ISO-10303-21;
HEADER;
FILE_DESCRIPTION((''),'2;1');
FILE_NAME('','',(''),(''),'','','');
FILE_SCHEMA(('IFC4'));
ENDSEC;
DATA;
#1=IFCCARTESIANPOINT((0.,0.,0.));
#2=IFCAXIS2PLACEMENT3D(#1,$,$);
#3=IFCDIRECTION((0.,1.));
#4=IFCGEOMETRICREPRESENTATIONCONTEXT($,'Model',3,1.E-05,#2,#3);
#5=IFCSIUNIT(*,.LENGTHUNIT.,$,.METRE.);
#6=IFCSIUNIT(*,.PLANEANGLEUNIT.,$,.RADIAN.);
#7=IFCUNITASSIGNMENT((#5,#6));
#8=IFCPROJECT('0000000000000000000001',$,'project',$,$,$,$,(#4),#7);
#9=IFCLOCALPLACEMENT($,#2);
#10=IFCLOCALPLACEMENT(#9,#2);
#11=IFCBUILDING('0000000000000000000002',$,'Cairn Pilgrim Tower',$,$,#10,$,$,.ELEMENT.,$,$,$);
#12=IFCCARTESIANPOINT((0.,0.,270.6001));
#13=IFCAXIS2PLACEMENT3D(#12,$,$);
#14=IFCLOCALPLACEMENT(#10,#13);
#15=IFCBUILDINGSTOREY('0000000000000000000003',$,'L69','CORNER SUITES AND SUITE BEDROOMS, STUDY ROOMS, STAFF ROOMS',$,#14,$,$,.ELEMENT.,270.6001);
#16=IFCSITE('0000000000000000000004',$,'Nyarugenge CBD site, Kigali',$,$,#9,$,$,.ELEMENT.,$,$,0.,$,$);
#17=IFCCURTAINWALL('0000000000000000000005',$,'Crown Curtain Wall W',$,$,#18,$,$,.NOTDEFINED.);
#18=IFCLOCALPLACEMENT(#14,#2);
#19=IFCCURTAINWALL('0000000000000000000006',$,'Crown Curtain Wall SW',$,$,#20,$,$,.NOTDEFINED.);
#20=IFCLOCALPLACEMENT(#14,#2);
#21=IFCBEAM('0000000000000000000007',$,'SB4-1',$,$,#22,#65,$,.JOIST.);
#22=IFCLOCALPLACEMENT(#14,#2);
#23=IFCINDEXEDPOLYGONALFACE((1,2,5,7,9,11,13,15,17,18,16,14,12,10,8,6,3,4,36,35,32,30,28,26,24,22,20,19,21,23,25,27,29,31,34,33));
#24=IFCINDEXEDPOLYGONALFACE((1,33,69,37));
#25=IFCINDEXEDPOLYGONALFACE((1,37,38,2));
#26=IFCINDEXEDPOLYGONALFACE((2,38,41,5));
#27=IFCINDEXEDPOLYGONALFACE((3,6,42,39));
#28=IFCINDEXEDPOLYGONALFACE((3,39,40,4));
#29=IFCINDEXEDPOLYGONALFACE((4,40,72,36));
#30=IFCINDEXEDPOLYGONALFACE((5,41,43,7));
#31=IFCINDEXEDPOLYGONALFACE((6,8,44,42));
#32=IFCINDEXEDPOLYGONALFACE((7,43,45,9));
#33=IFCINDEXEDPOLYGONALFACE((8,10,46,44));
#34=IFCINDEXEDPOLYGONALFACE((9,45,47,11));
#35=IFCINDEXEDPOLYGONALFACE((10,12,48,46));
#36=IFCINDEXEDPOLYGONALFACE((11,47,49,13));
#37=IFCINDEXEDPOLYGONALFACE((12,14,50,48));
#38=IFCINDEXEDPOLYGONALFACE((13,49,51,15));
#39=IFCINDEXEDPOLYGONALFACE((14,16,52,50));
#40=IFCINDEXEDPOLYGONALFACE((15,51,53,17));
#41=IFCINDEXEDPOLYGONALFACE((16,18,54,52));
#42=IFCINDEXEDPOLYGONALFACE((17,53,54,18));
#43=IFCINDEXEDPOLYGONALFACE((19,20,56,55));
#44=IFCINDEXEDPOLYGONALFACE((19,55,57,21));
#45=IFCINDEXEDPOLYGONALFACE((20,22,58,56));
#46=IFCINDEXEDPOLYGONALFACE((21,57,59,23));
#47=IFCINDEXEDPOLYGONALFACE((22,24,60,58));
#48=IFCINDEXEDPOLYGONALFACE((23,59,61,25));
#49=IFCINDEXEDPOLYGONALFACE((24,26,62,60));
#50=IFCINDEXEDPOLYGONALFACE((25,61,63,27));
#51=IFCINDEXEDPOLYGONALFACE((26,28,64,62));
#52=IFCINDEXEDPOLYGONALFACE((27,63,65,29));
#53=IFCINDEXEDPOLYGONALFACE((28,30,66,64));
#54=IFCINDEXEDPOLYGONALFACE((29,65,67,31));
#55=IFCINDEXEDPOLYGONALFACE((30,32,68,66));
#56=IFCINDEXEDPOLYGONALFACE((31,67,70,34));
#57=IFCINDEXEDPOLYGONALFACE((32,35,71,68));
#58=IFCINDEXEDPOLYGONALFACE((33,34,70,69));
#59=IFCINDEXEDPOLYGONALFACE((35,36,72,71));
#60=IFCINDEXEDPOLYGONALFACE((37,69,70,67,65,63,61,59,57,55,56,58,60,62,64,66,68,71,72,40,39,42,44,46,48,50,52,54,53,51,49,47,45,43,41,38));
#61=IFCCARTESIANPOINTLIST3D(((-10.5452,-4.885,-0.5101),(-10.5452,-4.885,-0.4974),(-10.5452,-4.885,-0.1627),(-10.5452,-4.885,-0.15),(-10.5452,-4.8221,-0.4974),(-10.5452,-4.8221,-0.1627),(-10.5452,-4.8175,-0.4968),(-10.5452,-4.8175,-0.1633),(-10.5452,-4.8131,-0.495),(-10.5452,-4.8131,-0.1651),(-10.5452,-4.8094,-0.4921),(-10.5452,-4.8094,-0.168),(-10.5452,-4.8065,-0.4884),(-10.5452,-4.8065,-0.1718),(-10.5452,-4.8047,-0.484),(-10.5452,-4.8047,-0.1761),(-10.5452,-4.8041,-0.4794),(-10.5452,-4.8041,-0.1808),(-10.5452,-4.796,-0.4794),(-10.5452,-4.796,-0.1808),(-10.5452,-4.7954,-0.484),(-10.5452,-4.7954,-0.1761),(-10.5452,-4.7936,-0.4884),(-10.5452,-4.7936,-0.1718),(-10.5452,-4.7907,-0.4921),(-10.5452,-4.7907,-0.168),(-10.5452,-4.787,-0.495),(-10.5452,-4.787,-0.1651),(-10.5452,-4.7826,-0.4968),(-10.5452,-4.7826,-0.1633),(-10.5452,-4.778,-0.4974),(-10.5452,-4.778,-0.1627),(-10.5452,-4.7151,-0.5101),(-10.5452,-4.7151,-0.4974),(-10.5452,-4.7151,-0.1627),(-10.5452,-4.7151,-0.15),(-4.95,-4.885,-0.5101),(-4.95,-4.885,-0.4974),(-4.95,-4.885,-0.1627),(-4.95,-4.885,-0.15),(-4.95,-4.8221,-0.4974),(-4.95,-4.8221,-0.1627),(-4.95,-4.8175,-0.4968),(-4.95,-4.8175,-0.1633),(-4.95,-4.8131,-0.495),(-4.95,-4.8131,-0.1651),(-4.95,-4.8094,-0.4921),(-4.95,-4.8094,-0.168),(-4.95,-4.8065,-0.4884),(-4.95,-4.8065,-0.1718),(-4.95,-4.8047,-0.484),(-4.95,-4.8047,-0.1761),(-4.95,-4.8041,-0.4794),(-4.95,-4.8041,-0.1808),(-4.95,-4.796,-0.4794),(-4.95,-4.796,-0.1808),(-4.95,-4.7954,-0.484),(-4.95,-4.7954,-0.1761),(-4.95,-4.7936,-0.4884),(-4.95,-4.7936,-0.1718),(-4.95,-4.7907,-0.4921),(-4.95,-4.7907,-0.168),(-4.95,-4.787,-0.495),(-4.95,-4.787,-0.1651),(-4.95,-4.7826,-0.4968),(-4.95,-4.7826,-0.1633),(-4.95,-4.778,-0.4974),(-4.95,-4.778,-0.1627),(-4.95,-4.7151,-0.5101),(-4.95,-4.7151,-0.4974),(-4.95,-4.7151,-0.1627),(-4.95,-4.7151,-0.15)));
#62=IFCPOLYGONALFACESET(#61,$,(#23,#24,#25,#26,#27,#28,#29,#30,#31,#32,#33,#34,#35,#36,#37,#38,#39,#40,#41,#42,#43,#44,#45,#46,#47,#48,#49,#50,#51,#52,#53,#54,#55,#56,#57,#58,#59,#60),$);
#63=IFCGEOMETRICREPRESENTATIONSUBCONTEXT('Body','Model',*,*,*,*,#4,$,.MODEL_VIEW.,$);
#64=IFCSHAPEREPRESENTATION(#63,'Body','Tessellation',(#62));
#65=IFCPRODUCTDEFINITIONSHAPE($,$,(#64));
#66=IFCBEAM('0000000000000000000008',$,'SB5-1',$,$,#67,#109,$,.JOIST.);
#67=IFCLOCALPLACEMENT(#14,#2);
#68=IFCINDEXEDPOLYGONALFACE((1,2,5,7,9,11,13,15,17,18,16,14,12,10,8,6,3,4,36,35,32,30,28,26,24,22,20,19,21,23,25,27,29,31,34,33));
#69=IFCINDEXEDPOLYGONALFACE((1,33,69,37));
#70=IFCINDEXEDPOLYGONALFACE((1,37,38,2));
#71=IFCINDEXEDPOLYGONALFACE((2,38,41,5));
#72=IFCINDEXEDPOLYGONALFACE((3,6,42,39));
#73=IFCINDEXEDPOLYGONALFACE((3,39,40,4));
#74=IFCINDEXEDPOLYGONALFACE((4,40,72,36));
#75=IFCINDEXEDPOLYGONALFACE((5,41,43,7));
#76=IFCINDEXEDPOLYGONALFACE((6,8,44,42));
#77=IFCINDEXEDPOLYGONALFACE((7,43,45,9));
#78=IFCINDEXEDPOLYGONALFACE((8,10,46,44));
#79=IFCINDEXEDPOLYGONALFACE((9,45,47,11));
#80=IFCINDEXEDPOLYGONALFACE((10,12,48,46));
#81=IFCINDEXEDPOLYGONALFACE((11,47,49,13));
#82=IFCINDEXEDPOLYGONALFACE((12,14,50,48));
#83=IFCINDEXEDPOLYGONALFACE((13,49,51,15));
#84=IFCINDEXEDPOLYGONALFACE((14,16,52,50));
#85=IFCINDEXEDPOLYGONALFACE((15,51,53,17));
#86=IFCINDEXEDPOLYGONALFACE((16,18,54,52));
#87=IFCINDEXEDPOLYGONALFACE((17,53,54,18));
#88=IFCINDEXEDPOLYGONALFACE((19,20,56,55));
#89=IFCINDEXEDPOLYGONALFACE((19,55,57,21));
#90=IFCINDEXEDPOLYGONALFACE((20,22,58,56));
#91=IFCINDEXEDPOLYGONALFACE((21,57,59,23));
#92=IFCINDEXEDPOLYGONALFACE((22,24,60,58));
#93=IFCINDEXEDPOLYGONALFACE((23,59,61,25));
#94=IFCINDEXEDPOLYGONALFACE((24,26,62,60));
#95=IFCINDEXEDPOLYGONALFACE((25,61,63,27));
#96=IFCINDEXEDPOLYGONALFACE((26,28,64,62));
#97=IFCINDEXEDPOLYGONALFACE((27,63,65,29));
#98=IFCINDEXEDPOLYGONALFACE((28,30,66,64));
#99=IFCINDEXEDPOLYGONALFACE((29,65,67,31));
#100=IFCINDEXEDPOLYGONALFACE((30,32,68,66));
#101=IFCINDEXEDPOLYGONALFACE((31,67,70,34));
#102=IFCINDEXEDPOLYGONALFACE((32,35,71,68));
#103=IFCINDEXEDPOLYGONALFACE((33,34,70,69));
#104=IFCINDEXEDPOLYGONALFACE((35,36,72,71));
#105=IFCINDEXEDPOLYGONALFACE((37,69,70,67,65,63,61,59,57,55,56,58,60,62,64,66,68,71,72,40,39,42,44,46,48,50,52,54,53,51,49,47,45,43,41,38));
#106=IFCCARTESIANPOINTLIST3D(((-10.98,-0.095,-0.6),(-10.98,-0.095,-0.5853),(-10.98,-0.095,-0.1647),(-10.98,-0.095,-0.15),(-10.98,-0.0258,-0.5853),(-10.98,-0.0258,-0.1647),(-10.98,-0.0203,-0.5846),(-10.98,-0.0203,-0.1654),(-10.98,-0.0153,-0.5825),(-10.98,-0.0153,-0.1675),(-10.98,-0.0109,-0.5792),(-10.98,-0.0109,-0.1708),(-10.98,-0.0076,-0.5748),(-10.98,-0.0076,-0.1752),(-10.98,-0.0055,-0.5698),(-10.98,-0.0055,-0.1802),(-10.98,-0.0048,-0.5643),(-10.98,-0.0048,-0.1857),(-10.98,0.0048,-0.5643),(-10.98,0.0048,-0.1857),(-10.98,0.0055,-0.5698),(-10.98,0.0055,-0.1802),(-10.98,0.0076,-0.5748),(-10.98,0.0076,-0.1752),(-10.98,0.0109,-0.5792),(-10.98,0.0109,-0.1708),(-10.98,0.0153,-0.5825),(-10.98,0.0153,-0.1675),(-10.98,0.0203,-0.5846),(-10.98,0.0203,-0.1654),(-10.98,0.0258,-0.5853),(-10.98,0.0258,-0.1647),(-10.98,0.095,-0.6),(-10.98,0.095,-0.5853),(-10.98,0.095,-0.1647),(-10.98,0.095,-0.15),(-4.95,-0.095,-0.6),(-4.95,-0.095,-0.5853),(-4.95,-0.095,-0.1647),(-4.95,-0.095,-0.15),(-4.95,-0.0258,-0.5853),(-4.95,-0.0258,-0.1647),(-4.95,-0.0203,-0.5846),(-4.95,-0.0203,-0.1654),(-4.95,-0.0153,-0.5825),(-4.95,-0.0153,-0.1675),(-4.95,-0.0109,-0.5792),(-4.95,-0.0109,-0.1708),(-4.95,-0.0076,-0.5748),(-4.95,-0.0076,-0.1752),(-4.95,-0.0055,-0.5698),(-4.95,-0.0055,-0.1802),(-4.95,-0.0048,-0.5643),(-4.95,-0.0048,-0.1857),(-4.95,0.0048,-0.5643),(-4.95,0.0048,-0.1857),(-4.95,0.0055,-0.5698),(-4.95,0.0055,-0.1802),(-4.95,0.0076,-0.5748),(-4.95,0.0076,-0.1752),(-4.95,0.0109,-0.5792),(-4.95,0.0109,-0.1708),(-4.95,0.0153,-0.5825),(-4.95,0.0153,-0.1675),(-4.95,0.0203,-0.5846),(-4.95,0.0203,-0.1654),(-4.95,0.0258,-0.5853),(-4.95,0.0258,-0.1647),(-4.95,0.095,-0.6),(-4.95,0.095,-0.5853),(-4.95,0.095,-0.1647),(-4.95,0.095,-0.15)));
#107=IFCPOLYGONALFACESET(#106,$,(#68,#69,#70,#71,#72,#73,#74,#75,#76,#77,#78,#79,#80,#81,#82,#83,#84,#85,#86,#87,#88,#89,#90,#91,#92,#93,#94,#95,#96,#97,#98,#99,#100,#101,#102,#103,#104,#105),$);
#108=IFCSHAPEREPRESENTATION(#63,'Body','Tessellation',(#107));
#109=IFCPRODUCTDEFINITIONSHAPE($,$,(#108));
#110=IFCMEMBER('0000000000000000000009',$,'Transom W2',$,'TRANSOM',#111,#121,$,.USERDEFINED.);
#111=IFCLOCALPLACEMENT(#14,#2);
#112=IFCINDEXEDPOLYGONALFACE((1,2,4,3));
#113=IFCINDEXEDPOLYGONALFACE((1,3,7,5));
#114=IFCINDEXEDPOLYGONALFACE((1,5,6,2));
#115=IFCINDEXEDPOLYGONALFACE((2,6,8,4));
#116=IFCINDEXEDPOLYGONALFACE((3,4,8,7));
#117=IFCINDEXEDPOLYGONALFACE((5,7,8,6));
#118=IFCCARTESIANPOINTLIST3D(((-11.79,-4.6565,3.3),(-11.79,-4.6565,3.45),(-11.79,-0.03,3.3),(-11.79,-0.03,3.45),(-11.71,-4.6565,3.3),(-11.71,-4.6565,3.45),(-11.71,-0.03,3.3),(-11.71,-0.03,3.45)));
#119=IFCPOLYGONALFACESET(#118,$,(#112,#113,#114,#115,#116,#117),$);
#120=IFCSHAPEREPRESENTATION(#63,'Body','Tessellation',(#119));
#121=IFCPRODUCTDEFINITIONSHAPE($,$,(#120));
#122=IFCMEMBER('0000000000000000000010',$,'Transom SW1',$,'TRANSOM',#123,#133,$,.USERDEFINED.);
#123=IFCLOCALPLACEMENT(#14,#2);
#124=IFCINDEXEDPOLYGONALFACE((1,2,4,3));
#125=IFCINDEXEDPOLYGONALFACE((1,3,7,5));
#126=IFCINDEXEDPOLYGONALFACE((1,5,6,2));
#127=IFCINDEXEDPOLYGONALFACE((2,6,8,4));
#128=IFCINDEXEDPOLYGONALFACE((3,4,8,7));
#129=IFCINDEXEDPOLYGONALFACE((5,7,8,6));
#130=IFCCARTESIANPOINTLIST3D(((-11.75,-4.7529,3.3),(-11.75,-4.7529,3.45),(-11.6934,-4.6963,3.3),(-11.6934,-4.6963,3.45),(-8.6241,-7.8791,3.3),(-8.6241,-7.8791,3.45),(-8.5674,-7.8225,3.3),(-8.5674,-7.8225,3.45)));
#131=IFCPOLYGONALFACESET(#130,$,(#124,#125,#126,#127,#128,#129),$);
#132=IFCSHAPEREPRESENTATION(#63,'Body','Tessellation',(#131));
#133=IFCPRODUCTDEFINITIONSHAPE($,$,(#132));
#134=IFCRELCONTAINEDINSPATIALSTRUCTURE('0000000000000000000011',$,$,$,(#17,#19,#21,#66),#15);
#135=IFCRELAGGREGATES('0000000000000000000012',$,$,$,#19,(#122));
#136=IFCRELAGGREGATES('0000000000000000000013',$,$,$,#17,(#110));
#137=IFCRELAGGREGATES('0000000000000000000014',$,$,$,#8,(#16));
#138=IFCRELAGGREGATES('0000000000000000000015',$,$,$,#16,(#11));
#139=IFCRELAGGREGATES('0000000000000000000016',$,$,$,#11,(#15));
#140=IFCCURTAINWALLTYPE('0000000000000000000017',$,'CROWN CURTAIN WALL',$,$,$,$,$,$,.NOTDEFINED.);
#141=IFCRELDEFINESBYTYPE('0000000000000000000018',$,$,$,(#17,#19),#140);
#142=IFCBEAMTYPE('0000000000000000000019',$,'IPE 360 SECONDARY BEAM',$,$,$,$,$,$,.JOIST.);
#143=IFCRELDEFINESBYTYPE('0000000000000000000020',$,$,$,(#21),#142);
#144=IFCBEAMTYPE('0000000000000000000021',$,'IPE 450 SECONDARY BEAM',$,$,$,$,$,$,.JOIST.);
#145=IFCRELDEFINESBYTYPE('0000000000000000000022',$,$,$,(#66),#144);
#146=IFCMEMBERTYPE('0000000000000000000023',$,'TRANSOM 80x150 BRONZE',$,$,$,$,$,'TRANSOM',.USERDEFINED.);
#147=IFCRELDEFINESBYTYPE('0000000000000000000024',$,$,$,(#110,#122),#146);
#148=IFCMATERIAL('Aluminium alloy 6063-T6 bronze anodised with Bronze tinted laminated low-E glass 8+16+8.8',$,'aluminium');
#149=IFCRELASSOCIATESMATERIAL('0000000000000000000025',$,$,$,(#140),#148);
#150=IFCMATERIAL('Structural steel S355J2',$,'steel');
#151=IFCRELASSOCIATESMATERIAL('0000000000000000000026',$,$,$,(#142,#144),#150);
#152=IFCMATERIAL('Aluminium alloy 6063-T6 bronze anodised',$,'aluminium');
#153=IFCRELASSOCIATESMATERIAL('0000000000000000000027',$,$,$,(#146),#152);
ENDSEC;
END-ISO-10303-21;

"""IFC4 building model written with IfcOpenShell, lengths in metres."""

from ifc_helpers import new_model, si_unit, direction, frame, origin, origin_2d, place, context, subcontext, project, spatial, rectangle, i_section, extrude, material, material_profile, profile_set, type_object, element, aggregate, save


model = new_model("IFC4")

# Units and contexts
model_context = context("Model", 3, precision=1e-05, world=origin(), true_north=direction((0.0, 1.0)))
body_context = subcontext(model_context, "Body", "Model", "MODEL_VIEW")
ifc_project = project(units=[si_unit("LENGTHUNIT", "METRE"), si_unit("PLANEANGLEUNIT", "RADIAN")], contexts=[model_context])

# Site, building, storey
site_placement = place(None, origin())
site = spatial("IfcSite", under=ifc_project, at=site_placement, Name="Nyarugenge CBD site, Kigali", CompositionType="ELEMENT", RefElevation=0.0)
building_placement = place(site_placement, origin())
building = spatial("IfcBuilding", under=site, at=building_placement, Name="Cairn Pilgrim Tower", CompositionType="ELEMENT")
storey_placement = place(building_placement, frame((0.0, 0.0, 270.6001)))
storey = spatial("IfcBuildingStorey", under=building, at=storey_placement, Name="L69", Description="CORNER SUITES AND SUITE BEDROOMS, STUDY ROOMS, STAFF ROOMS", CompositionType="ELEMENT", Elevation=270.6001)

# Shared definitions
ifc_material_1 = material(Name="Structural steel S355J2", Category="steel")

# Curtain wall
ifc_material_2 = material(Name="Aluminium alloy 6063-T6 bronze anodised with Bronze tinted laminated low-E glass 8+16+8.8", Category="aluminium")
curtain_wall_type = type_object("IfcCurtainWallType", Name="CROWN CURTAIN WALL", PredefinedType="NOTDEFINED", material=ifc_material_2)
curtain_wall_1_placement = place(storey_placement, origin())
curtain_wall_1 = element("IfcCurtainWall", 1, at=curtain_wall_1_placement, inside=storey, type_object=curtain_wall_type, Name="Crown Curtain Wall W", PredefinedType="NOTDEFINED")
ifc_material_3 = material(Name="Aluminium alloy 6063-T6 bronze anodised", Category="aluminium")

# Curtain wall
curtain_wall_2_placement = place(storey_placement, origin())
curtain_wall_2 = element("IfcCurtainWall", 2, at=curtain_wall_2_placement, inside=storey, type_object=curtain_wall_type, Name="Crown Curtain Wall SW", PredefinedType="NOTDEFINED")

# Beams
ifc_material_profile_1 = material_profile(ifc_material_1, i_section(OverallWidth=0.1699, OverallDepth=0.3601, WebThickness=0.0081, FlangeThickness=0.0127, FilletRadius=0.0181, at=origin_2d()), Name="IPE 360")
ifc_profile_set_1 = profile_set([ifc_material_profile_1], Name="Structural steel S355J2")
beam_type_1 = type_object("IfcBeamType", Name="IPE 360 SECONDARY BEAM", PredefinedType="JOIST", material=ifc_profile_set_1)
beam_1_placement = place(storey_placement, frame((-10.5452, -4.8, -0.3301), z_axis=(1.0, 0.0, 0.0), x_axis=(0.0, 1.0, 0.0)))
element("IfcBeam", 3, at=beam_1_placement, inside=storey, type_object=beam_type_1, Name="SB4-1", PredefinedType="JOIST", context=body_context, shape_type="SweptSolid", body=[
    extrude(i_section(OverallWidth=0.1699, OverallDepth=0.3601, WebThickness=0.0081, FlangeThickness=0.0127, FilletRadius=0.0181, at=origin_2d()), origin(), (0.0, 0.0, 1.0), 5.5952),
])
ifc_material_profile_2 = material_profile(ifc_material_1, i_section(OverallWidth=0.1899, OverallDepth=0.45, WebThickness=0.0095, FlangeThickness=0.0146, FilletRadius=0.021, at=origin_2d()), Name="IPE 450")
ifc_profile_set_2 = profile_set([ifc_material_profile_2], Name="Structural steel S355J2")
beam_type_2 = type_object("IfcBeamType", Name="IPE 450 SECONDARY BEAM", PredefinedType="JOIST", material=ifc_profile_set_2)
beam_2_placement = place(storey_placement, frame((-10.98, 0.0, -0.375), z_axis=(1.0, 0.0, 0.0), x_axis=(0.0, 1.0, 0.0)))
element("IfcBeam", 4, at=beam_2_placement, inside=storey, type_object=beam_type_2, Name="SB5-1", PredefinedType="JOIST", context=body_context, shape_type="SweptSolid", body=[
    extrude(i_section(OverallWidth=0.1899, OverallDepth=0.45, WebThickness=0.0095, FlangeThickness=0.0146, FilletRadius=0.021, at=origin_2d()), origin(), (0.0, 0.0, 1.0), 6.03),
])

# Members
ifc_material_profile_3 = material_profile(ifc_material_3, rectangle(XDim=0.0801, YDim=0.1499, at=origin_2d()), Name="TRANSOM 80x150 BRONZE")
ifc_profile_set_3 = profile_set([ifc_material_profile_3], Name="Aluminium alloy 6063-T6 bronze anodised")
member_type_1 = type_object("IfcMemberType", Name="TRANSOM 80x150 BRONZE", ElementType="TRANSOM", PredefinedType="USERDEFINED", material=ifc_profile_set_3)
member_1_placement = place(storey_placement, frame((-11.75, -0.03, 3.375), z_axis=(0.0, -1.0, 0.0), x_axis=(1.0, 0.0, 0.0)))
member_1 = element("IfcMember", 5, at=member_1_placement, type_object=member_type_1, Name="Transom W2", ObjectType="TRANSOM", PredefinedType="USERDEFINED", context=body_context, shape_type="SweptSolid", body=[
    extrude(rectangle(XDim=0.0801, YDim=0.1499, at=origin_2d()), origin(), (0.0, 0.0, 1.0), 4.6265),
])
member_2_placement = place(storey_placement, frame((-11.7217, -4.7246, 3.375), z_axis=(0.707079, -0.707134, 0.0), x_axis=(0.707134, 0.707079, 0.0)))
member_2 = element("IfcMember", 6, at=member_2_placement, type_object=member_type_1, Name="Transom SW1", ObjectType="TRANSOM", PredefinedType="USERDEFINED", context=body_context, shape_type="SweptSolid", body=[
    extrude(rectangle(XDim=0.0801, YDim=0.1499, at=origin_2d()), origin(), (0.0, 0.0, 1.0), 4.4209),
])

aggregate(curtain_wall_2, [member_2])
aggregate(curtain_wall_1, [member_1])

save(model, "model.ifc")
